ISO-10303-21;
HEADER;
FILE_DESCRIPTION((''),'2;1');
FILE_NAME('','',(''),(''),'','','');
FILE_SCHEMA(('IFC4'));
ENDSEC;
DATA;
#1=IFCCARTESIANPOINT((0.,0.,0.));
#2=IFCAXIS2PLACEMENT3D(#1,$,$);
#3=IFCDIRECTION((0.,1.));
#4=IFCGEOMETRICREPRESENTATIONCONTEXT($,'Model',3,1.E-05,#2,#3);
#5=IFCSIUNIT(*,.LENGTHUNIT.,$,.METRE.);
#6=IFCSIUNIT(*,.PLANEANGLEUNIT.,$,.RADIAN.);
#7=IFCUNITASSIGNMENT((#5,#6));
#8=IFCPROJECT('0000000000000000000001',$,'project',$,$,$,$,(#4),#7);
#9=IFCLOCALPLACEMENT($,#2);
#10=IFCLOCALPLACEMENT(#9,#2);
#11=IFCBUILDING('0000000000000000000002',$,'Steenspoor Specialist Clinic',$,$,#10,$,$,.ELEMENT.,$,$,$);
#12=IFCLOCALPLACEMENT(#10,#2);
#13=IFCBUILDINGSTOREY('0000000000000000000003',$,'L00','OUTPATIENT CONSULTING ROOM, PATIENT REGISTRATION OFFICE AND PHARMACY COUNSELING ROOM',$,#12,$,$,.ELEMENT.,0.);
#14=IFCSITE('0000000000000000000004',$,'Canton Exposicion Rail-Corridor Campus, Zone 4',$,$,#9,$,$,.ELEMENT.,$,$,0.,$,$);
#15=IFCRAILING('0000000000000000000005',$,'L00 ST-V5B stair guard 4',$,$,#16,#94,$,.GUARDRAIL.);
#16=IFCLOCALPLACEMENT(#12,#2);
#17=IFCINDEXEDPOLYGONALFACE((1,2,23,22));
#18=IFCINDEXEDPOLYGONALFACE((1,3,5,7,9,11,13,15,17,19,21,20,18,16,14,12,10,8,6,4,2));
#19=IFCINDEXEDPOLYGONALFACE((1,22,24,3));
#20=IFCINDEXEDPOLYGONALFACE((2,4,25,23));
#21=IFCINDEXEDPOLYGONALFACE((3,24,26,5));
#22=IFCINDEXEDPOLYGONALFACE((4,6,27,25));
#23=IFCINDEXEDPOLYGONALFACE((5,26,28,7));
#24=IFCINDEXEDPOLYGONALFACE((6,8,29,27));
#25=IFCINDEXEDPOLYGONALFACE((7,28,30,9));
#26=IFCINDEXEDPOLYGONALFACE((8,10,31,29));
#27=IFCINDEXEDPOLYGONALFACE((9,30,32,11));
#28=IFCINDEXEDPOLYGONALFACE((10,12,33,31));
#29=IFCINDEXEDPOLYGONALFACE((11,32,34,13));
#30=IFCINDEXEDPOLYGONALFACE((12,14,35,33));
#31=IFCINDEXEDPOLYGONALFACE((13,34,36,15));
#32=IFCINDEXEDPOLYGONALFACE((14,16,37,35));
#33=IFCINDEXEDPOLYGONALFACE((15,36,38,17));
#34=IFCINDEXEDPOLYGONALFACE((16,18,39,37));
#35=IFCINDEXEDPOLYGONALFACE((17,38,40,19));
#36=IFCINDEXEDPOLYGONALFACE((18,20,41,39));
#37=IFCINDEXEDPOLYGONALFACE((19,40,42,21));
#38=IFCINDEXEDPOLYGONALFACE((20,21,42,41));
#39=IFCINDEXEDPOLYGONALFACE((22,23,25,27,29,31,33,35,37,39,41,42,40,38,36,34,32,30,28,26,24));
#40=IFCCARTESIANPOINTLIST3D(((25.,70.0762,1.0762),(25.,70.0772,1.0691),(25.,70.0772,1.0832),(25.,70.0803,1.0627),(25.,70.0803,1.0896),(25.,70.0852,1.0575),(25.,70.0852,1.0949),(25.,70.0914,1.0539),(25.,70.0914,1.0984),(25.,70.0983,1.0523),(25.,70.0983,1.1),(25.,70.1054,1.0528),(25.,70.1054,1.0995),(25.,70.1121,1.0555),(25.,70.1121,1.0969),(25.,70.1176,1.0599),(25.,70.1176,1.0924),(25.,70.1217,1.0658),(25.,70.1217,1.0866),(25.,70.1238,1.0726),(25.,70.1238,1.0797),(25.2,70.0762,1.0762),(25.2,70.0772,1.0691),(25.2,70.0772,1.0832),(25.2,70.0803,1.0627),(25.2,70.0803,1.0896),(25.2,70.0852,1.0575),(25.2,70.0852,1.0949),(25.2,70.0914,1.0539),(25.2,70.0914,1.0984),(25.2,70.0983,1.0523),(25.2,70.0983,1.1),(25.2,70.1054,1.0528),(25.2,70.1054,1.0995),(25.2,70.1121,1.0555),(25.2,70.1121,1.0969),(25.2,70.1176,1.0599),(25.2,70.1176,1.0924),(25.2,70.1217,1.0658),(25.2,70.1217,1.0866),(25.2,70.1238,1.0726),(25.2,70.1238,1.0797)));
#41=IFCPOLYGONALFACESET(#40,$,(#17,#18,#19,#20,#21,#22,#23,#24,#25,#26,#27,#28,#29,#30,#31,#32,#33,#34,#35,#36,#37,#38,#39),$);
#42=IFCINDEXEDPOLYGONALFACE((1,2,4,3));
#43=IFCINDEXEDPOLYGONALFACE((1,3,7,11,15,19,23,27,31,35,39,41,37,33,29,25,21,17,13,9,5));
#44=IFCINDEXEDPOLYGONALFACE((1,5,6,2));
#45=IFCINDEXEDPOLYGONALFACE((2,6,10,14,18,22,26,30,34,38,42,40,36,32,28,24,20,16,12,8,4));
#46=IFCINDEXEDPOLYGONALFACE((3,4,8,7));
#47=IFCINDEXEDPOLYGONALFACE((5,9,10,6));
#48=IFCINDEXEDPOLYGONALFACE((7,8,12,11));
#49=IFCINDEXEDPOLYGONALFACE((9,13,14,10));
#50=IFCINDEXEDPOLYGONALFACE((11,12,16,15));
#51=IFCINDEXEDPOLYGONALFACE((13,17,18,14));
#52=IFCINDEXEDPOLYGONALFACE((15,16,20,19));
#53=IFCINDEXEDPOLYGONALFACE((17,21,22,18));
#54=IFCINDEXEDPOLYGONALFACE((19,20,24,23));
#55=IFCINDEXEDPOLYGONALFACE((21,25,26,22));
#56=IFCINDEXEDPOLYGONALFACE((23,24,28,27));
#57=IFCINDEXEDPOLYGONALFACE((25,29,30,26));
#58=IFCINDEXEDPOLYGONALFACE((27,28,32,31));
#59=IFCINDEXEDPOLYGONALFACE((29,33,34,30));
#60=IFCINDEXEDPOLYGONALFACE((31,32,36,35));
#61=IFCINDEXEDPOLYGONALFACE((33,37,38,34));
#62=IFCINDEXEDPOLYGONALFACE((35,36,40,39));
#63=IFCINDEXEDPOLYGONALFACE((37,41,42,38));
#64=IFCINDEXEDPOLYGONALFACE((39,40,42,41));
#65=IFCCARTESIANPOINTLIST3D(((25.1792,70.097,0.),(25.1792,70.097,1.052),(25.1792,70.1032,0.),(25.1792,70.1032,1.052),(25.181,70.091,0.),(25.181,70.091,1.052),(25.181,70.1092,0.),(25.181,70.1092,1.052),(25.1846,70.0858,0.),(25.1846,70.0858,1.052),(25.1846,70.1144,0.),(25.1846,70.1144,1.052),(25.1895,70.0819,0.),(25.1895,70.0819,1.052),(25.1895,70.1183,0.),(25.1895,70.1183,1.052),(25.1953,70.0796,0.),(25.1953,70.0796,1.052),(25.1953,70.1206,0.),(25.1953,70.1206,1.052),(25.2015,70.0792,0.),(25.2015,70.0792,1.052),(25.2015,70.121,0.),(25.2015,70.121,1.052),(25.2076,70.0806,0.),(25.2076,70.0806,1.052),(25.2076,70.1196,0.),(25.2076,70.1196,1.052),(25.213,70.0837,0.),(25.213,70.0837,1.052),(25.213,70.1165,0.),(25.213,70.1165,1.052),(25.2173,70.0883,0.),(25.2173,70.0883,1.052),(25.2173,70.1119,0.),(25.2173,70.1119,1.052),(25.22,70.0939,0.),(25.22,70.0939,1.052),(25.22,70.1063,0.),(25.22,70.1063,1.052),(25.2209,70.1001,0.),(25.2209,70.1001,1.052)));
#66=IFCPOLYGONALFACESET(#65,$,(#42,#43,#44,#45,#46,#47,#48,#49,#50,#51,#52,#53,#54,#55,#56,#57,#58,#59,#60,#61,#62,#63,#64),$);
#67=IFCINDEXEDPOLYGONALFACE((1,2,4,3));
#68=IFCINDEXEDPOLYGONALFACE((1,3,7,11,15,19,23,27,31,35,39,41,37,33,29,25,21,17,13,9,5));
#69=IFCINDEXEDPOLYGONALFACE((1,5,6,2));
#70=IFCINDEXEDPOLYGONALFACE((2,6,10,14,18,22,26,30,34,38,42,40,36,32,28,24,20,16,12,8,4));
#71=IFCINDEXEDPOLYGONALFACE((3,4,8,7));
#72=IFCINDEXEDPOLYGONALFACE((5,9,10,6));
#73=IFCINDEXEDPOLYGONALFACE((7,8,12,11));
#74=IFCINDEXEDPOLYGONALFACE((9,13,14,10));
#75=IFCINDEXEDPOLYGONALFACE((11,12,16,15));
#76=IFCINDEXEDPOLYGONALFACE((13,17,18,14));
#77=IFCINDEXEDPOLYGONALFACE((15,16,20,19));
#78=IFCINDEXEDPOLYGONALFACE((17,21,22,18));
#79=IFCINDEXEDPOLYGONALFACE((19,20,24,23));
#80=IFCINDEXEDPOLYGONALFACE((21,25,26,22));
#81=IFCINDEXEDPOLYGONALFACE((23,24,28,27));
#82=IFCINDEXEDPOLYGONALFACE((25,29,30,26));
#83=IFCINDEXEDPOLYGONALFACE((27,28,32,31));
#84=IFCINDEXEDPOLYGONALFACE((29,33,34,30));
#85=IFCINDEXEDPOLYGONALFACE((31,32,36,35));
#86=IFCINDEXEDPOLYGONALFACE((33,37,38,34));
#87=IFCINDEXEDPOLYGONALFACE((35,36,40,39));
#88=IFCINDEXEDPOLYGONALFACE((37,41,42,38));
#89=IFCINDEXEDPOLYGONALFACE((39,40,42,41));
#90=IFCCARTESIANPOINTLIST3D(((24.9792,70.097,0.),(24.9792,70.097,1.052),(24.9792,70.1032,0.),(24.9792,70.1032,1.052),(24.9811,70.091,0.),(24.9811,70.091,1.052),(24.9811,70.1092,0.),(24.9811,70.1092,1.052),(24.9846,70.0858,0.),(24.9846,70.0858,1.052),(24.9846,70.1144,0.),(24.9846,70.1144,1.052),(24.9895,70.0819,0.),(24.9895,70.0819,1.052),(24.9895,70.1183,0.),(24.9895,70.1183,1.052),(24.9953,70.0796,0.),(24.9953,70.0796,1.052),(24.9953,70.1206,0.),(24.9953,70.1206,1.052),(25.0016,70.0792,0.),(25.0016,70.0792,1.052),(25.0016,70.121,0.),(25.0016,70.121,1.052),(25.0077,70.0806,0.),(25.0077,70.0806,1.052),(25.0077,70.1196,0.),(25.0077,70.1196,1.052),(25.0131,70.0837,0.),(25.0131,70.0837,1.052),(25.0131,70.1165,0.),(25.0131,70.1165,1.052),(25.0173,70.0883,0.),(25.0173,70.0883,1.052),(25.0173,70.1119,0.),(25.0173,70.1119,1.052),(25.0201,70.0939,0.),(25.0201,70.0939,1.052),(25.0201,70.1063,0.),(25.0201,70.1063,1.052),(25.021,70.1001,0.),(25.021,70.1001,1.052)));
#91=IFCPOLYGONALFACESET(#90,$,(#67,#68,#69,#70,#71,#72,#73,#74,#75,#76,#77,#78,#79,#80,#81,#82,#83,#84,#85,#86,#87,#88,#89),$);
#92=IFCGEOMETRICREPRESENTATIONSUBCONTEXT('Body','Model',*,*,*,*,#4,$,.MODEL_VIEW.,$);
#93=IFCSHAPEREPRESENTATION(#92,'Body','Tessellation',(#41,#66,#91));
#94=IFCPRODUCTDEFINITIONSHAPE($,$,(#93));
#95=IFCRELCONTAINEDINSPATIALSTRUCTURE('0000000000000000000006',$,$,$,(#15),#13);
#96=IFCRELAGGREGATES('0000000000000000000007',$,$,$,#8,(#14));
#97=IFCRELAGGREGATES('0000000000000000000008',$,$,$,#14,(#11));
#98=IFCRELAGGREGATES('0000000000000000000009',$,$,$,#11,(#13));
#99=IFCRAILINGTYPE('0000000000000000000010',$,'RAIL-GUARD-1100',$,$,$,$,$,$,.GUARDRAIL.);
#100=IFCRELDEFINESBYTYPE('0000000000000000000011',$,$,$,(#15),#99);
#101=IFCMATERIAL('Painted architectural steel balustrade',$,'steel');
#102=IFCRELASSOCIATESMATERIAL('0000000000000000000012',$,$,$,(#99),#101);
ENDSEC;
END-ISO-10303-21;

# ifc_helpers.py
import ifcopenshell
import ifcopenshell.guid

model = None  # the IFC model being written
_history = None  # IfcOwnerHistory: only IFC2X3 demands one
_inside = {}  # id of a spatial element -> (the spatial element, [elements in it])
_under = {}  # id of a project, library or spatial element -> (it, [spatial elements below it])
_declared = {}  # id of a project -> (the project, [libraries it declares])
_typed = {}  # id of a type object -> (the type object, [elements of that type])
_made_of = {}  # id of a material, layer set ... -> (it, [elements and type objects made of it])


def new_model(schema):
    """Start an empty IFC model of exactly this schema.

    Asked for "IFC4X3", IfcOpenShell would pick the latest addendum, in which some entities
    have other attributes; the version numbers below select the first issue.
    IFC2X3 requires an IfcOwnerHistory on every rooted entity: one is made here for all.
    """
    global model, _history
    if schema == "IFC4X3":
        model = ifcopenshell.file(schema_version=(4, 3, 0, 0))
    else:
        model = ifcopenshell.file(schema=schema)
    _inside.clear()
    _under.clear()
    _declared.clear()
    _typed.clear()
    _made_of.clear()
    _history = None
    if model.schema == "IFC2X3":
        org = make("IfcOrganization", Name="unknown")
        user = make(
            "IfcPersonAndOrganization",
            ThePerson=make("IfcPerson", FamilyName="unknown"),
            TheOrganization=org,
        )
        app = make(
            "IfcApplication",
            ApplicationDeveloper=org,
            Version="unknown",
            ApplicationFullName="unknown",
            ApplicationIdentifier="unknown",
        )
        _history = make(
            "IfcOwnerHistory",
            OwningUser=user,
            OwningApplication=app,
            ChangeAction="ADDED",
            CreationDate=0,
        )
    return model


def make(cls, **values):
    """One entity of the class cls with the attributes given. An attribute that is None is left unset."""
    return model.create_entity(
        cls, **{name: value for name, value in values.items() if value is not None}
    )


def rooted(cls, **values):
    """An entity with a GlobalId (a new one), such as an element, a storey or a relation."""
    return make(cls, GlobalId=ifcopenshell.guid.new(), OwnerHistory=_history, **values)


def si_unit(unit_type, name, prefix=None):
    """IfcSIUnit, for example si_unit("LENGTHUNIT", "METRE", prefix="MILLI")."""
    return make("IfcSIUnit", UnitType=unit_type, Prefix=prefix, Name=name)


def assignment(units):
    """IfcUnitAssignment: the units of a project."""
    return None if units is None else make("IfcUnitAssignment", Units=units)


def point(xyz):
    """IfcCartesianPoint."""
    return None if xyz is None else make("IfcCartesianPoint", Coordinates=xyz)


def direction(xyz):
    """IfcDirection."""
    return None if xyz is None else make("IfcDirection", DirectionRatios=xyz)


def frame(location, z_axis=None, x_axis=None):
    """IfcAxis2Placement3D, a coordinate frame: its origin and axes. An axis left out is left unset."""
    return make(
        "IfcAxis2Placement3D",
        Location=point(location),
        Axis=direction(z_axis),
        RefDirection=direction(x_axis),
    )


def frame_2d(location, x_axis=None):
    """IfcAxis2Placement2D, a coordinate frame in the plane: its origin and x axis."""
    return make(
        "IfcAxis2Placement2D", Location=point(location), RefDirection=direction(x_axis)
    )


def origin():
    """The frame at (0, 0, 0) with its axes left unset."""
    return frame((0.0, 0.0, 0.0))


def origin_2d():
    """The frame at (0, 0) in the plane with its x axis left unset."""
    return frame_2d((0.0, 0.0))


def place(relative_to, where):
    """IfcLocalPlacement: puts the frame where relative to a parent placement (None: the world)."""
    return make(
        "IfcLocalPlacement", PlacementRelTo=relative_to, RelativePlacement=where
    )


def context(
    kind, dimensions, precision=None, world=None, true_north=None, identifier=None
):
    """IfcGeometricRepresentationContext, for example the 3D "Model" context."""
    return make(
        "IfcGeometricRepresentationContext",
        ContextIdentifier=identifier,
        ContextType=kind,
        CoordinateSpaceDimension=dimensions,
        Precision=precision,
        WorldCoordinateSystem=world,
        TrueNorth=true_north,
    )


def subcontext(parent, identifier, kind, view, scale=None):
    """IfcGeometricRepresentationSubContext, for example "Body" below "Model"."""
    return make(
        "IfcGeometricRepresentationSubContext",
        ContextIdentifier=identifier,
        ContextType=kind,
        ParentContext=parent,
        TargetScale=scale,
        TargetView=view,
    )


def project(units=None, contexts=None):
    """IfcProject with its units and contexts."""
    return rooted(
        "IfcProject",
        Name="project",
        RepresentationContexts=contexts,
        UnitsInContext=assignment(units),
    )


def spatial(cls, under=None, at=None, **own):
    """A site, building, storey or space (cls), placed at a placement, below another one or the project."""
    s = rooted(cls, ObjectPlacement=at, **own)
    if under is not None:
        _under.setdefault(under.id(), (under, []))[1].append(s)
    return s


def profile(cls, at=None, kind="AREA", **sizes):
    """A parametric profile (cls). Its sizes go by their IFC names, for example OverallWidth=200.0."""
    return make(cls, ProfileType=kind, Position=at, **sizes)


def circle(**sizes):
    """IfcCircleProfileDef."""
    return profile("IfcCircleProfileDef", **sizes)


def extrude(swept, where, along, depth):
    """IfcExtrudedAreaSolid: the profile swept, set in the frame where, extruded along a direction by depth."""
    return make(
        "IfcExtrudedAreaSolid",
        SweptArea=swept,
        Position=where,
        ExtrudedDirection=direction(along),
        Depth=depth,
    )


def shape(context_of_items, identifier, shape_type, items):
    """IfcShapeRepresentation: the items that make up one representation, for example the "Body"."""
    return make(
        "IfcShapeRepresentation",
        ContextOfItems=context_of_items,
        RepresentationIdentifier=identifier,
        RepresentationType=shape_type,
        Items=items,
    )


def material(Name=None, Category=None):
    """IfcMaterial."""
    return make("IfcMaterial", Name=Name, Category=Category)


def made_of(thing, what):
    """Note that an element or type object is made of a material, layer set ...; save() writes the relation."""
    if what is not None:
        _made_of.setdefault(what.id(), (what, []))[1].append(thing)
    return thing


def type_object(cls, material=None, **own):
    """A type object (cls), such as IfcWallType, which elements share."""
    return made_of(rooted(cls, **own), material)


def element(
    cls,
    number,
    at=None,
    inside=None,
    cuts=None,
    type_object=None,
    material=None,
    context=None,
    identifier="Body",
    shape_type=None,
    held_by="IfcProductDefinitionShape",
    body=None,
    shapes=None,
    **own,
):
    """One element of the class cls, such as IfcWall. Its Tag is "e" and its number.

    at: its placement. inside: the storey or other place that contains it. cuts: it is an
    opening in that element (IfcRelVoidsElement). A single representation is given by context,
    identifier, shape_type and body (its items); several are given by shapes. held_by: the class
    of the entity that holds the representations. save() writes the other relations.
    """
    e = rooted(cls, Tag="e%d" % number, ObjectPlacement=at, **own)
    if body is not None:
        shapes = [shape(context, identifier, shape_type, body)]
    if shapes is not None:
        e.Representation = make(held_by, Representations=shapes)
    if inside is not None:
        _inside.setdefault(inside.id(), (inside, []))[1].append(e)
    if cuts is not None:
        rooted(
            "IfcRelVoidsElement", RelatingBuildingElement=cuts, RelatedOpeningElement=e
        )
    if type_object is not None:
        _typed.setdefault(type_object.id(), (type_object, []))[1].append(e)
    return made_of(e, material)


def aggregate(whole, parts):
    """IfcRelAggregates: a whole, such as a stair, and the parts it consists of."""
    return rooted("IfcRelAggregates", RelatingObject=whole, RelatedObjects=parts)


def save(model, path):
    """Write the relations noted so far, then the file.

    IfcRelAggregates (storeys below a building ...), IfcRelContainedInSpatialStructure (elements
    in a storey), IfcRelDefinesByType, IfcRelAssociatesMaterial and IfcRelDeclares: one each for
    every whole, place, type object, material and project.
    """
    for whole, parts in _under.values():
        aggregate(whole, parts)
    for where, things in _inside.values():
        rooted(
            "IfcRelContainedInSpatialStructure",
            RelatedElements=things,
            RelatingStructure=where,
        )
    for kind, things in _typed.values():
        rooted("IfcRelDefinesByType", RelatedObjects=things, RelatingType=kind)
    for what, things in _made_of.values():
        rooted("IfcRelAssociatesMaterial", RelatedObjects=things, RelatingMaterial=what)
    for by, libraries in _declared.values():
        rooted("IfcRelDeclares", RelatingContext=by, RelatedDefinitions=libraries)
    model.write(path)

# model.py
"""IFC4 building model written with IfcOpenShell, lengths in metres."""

from ifc_helpers import new_model, si_unit, direction, frame, origin, origin_2d, place, context, subcontext, project, spatial, circle, extrude, material, type_object, element, save


model = new_model("IFC4")

# Units and contexts
model_context = context("Model", 3, precision=1e-05, world=origin(), true_north=direction((0.0, 1.0)))
body_context = subcontext(model_context, "Body", "Model", "MODEL_VIEW")
ifc_project = project(units=[si_unit("LENGTHUNIT", "METRE"), si_unit("PLANEANGLEUNIT", "RADIAN")], contexts=[model_context])

# Site, building, storey
site_placement = place(None, origin())
site = spatial("IfcSite", under=ifc_project, at=site_placement, Name="Canton Exposicion Rail-Corridor Campus, Zone 4", CompositionType="ELEMENT", RefElevation=0.0)
building_placement = place(site_placement, origin())
building = spatial("IfcBuilding", under=site, at=building_placement, Name="Steenspoor Specialist Clinic", CompositionType="ELEMENT")
storey_placement = place(building_placement, origin())
storey = spatial("IfcBuildingStorey", under=building, at=storey_placement, Name="L00", Description="OUTPATIENT CONSULTING ROOM, PATIENT REGISTRATION OFFICE AND PHARMACY COUNSELING ROOM", CompositionType="ELEMENT", Elevation=0.0)

# Railing
ifc_material_1 = material(Name="Painted architectural steel balustrade", Category="steel")
railing_type_1 = type_object("IfcRailingType", Name="RAIL-GUARD-1100", PredefinedType="GUARDRAIL", material=ifc_material_1)
railing_1_placement = place(storey_placement, frame((25.2, 70.1001, 0.0)))
element("IfcRailing", 1, at=railing_1_placement, inside=storey, type_object=railing_type_1, Name="L00 ST-V5B stair guard 4", PredefinedType="GUARDRAIL", context=body_context, shape_type="SweptSolid", body=[
    extrude(circle(Radius=0.0239, at=origin_2d()), frame((0.0, 0.0, 1.0762), z_axis=(-1.0, 0.0, 0.0), x_axis=(0.0, -1.0, 0.0)), (0.0, 0.0, 1.0), 0.2),
    extrude(circle(Radius=0.021, at=origin_2d()), origin(), (0.0, 0.0, 1.0), 1.052),
    extrude(circle(Radius=0.021, at=origin_2d()), frame((-0.2, 0.0, 0.0)), (0.0, 0.0, 1.0), 1.052),
])

save(model, "model.ifc")
